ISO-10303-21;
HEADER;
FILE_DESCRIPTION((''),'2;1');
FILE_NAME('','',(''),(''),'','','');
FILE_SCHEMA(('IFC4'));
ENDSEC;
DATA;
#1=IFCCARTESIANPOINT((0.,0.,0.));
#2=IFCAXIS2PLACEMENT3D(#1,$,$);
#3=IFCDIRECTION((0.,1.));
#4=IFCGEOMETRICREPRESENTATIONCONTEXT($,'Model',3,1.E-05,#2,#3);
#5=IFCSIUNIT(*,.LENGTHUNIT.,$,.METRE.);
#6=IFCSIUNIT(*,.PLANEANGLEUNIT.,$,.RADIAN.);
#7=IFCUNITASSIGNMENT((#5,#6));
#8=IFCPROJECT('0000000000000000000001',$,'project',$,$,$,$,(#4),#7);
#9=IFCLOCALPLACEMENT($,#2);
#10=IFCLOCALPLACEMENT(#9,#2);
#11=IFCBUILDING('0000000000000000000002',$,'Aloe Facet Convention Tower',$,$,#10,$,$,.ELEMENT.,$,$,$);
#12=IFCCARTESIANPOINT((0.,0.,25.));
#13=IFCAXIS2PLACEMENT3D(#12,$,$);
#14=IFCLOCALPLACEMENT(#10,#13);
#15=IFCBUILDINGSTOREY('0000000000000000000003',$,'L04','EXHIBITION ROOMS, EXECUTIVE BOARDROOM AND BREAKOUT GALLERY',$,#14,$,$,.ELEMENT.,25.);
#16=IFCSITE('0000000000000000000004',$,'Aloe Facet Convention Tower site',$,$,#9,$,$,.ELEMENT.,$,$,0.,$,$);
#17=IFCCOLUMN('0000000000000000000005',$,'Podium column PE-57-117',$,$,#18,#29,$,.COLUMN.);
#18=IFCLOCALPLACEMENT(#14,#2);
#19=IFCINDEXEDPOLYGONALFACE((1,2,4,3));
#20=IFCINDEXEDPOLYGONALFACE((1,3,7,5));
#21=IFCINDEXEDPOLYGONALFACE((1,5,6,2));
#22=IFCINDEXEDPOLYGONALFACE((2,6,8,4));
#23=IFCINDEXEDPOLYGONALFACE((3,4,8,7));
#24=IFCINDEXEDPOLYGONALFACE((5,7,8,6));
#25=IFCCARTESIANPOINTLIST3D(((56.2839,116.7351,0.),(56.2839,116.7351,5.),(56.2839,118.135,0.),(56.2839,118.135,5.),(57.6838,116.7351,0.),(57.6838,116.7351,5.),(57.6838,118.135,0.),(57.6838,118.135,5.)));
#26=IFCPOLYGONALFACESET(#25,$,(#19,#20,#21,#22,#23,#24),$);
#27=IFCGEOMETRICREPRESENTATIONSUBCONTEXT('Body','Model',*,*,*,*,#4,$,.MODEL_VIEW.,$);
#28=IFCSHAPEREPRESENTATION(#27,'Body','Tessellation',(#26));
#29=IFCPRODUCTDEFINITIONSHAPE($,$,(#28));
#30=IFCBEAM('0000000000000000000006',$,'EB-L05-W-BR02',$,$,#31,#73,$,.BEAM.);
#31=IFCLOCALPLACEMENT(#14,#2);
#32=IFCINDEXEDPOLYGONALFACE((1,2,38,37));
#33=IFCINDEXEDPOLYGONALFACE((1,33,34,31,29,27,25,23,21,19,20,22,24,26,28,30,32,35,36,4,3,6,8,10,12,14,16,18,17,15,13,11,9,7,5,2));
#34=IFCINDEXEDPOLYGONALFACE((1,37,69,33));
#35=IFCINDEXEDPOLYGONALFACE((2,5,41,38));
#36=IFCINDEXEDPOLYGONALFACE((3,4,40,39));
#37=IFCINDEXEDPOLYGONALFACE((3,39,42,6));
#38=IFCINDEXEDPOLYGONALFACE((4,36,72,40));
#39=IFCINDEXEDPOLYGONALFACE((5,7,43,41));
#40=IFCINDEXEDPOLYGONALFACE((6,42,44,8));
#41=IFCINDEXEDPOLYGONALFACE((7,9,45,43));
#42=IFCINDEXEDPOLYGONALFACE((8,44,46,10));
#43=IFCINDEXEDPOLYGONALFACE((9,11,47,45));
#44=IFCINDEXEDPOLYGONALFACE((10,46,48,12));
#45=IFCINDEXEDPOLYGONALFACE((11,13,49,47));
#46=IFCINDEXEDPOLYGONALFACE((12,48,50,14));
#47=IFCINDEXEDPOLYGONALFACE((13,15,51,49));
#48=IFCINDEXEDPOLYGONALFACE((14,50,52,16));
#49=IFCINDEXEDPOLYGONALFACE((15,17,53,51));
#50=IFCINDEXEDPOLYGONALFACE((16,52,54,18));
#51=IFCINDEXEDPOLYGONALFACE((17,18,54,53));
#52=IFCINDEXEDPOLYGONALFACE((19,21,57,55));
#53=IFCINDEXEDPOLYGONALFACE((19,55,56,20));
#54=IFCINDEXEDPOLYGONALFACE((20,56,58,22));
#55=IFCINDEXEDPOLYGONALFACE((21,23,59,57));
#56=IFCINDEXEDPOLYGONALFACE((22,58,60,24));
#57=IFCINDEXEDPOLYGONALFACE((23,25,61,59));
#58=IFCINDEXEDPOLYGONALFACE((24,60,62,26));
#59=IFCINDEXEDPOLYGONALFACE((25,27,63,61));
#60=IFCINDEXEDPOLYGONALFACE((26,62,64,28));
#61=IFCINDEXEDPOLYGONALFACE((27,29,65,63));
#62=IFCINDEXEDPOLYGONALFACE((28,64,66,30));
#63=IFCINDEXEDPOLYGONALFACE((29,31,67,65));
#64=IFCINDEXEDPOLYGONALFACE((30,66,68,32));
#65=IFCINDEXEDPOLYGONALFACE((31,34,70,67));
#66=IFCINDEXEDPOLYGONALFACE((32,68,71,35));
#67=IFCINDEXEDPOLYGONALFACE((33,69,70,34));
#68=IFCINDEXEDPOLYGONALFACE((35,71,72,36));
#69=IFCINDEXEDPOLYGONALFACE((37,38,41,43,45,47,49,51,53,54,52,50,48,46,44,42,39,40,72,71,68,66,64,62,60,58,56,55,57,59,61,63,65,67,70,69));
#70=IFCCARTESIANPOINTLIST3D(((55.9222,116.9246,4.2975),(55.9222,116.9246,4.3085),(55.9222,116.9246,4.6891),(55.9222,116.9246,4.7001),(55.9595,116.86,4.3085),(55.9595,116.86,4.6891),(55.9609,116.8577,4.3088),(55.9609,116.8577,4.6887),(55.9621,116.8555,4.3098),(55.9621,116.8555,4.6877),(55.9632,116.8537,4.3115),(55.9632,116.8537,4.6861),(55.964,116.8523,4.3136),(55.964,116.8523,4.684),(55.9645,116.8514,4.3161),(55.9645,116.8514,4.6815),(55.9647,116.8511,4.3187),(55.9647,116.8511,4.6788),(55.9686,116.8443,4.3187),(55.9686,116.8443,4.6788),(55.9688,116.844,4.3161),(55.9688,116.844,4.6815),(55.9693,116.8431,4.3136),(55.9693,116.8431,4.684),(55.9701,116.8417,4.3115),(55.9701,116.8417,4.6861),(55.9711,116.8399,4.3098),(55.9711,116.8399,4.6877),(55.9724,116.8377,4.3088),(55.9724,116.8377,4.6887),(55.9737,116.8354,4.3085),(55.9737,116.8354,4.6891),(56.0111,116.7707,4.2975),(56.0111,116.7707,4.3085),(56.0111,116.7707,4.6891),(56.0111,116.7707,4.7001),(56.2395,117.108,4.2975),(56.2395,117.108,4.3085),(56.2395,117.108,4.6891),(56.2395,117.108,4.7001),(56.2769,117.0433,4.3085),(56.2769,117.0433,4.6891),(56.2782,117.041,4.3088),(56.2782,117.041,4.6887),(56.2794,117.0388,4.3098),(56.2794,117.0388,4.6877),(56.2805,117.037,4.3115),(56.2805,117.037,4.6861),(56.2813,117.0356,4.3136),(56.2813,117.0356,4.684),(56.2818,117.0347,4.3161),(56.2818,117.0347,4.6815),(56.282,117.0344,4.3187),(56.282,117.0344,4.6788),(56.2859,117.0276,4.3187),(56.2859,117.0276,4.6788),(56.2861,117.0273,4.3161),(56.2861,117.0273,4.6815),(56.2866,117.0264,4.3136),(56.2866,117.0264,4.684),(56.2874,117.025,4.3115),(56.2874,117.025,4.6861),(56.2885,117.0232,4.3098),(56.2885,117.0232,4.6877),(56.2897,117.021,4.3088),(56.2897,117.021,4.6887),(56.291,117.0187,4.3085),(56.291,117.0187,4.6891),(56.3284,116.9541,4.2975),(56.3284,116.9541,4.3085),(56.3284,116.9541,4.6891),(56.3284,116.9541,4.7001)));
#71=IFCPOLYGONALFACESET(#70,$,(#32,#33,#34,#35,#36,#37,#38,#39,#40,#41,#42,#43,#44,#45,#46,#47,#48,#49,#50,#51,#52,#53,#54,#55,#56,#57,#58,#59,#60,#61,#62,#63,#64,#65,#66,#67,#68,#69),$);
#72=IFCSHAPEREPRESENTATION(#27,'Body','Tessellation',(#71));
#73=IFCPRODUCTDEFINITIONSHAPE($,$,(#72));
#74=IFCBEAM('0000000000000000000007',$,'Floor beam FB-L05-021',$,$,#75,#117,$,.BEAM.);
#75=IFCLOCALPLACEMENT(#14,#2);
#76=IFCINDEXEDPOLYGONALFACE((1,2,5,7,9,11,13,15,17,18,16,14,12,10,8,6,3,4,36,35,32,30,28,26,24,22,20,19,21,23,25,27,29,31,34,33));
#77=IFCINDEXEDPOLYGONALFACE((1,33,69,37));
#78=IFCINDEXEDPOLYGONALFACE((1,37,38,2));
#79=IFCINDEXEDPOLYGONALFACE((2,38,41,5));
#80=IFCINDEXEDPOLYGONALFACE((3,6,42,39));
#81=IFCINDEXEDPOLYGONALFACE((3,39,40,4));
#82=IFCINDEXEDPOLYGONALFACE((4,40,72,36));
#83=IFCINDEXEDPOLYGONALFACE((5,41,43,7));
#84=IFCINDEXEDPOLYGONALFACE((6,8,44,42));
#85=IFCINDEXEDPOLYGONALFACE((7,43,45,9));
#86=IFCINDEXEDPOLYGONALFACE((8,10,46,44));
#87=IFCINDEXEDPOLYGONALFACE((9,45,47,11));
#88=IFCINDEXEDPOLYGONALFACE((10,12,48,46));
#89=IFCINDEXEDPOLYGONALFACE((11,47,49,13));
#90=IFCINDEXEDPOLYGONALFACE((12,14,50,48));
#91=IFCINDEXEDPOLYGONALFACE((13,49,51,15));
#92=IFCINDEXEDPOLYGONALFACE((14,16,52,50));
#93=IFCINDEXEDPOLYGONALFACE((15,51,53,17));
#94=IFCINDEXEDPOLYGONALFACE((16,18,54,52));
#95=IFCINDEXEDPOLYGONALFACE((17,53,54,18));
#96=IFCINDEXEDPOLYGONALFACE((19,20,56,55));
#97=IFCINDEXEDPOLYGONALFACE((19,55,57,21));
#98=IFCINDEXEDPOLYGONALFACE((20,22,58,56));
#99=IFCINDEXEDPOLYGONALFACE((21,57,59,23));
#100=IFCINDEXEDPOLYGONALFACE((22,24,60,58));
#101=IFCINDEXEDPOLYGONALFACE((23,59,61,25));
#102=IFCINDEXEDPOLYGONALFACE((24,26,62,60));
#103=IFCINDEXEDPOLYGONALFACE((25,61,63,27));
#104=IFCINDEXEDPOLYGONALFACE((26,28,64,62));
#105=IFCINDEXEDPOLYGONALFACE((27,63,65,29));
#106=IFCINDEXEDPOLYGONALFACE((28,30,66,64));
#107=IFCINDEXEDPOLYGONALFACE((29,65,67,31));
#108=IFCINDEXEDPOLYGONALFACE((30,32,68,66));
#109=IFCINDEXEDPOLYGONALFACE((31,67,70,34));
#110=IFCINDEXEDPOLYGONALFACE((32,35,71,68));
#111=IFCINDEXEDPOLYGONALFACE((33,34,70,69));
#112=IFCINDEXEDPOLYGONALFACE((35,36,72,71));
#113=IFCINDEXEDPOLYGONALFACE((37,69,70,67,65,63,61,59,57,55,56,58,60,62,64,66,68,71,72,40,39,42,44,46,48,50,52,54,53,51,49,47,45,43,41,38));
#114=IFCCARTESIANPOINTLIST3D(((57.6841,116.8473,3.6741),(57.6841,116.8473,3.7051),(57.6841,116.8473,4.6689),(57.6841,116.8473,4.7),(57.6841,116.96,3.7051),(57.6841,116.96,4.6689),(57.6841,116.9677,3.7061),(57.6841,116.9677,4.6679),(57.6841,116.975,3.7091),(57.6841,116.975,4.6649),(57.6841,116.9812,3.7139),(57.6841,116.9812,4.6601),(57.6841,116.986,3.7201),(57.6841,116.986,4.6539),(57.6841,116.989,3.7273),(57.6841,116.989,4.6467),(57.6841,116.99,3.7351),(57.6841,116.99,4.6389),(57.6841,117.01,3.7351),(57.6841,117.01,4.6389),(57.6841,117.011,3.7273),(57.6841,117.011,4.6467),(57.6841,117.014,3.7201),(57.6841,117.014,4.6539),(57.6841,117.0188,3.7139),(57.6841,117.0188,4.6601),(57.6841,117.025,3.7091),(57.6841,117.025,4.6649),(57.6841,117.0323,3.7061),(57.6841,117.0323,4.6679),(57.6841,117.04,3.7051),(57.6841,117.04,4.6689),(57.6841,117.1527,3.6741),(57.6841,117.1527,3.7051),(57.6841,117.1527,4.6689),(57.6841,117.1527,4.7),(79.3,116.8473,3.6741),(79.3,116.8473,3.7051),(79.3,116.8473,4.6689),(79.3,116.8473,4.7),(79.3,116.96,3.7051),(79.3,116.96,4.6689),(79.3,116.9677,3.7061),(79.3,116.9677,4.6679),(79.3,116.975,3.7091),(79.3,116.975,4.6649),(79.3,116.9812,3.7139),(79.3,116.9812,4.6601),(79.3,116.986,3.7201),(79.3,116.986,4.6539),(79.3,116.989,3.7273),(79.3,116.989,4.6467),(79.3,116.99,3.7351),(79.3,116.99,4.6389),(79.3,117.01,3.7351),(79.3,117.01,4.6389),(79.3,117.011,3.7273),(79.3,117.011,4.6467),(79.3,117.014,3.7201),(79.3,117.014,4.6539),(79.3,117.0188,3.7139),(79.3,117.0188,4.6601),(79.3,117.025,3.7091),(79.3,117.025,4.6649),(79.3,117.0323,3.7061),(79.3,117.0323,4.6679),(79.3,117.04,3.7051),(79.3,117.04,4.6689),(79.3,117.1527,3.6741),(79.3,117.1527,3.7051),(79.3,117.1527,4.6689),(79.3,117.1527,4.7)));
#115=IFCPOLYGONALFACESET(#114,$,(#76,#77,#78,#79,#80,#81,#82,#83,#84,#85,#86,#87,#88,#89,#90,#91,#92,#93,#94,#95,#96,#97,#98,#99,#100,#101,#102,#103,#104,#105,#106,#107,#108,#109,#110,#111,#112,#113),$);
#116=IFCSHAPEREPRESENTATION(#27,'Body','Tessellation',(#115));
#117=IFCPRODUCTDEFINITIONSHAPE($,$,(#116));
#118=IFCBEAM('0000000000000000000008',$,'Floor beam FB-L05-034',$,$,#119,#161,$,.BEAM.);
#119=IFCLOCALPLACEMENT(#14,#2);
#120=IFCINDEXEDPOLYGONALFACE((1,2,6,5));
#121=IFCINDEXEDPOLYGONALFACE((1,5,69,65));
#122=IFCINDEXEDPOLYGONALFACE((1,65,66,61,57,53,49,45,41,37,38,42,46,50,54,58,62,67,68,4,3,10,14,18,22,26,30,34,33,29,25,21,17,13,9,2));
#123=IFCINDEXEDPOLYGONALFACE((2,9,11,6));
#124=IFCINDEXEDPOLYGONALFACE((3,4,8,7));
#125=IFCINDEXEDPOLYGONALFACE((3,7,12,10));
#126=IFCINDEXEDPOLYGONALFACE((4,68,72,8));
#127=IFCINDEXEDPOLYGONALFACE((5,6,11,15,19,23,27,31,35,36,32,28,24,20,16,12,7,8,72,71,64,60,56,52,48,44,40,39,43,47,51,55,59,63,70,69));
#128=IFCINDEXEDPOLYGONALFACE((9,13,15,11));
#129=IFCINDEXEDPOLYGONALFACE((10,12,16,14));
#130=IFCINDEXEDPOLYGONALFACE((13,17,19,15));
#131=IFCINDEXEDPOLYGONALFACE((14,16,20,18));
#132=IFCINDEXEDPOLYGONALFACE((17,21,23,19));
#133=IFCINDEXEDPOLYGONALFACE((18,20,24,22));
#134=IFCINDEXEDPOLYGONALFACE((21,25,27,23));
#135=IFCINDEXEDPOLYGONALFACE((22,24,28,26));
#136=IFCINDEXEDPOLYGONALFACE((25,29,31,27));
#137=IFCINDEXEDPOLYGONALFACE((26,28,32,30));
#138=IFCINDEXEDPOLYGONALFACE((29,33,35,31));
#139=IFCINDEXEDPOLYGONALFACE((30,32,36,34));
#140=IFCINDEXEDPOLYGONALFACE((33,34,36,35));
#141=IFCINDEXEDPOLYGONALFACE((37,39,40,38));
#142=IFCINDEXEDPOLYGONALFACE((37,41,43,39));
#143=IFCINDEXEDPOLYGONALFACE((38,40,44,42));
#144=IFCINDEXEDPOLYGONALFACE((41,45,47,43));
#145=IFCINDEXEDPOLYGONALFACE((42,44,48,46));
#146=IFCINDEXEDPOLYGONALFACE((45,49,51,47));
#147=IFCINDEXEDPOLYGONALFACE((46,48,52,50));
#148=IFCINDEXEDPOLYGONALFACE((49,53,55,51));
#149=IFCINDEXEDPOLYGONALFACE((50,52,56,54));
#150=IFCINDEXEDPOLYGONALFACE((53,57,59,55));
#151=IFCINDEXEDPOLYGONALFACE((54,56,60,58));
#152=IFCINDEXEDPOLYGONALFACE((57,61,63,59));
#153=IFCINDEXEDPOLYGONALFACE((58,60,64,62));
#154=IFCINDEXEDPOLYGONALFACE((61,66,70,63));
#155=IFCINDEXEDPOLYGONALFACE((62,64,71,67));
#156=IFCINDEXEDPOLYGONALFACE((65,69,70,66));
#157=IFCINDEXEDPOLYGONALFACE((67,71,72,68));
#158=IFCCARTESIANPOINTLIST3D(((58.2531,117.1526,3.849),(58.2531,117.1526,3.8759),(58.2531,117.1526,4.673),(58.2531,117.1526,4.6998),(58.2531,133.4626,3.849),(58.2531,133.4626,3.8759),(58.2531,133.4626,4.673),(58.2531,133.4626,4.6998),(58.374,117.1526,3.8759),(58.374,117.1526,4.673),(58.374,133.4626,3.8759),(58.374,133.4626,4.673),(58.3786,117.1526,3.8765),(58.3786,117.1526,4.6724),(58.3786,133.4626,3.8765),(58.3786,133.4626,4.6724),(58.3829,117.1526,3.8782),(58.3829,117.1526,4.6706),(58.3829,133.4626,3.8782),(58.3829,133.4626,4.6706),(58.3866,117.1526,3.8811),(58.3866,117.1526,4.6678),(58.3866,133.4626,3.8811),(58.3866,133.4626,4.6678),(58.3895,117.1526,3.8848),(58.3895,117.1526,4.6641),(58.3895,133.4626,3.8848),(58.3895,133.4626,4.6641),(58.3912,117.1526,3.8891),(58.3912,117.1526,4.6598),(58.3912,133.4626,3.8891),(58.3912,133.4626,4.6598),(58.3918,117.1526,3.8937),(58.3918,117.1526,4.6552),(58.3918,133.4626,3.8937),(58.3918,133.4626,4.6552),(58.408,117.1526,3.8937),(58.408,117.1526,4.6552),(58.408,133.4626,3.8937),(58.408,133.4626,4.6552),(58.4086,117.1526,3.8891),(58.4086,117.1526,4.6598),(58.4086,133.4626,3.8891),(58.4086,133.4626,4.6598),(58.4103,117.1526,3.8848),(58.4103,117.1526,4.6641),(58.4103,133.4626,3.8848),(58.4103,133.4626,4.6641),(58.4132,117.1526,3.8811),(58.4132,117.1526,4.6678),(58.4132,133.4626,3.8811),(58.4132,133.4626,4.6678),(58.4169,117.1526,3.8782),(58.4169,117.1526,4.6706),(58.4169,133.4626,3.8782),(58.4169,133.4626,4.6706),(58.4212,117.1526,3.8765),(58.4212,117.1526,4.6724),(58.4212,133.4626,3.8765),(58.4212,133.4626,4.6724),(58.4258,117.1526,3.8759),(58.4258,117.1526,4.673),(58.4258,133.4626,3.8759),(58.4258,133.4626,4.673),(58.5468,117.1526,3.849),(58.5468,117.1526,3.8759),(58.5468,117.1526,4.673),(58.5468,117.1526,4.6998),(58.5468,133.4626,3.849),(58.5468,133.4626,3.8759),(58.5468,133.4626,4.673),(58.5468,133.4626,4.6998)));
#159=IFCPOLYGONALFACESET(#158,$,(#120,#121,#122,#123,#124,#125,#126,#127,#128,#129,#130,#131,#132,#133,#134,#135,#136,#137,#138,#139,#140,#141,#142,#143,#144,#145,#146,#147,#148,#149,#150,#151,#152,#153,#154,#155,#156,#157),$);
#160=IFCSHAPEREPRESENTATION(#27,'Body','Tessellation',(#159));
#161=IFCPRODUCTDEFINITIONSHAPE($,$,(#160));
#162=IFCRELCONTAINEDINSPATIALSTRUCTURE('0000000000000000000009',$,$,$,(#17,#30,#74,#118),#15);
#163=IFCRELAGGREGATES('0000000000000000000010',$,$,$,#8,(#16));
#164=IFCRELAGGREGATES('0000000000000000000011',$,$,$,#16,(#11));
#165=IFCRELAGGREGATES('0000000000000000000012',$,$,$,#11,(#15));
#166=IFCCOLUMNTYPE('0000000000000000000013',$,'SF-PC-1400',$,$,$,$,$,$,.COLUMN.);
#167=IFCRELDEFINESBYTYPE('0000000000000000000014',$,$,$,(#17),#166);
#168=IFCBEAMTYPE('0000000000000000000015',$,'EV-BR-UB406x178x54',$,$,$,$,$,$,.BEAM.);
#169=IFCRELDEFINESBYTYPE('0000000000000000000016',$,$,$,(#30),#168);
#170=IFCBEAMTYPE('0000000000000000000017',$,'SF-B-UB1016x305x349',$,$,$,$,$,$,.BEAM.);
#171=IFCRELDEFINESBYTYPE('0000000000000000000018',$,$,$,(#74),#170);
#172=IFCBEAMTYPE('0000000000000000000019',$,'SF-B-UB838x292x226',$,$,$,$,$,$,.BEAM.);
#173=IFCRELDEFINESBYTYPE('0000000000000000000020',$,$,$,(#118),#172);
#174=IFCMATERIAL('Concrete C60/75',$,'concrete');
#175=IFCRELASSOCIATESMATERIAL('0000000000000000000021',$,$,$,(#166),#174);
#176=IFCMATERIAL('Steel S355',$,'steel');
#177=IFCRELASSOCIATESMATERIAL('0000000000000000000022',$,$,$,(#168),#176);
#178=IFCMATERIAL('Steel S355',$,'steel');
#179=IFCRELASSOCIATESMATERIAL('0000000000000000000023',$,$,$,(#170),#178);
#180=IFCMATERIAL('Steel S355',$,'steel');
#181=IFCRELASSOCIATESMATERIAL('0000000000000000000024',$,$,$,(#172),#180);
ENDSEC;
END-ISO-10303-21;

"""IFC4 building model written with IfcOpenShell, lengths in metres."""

from ifc_helpers import new_model, si_unit, direction, frame, origin, origin_2d, place, context, subcontext, project, spatial, rectangle, i_section, extrude, material, material_profile, profile_set, type_object, element, save


model = new_model("IFC4")

# Units and contexts
model_context = context("Model", 3, precision=1e-05, world=origin(), true_north=direction((0.0, 1.0)))
body_context = subcontext(model_context, "Body", "Model", "MODEL_VIEW")
ifc_project = project(units=[si_unit("LENGTHUNIT", "METRE"), si_unit("PLANEANGLEUNIT", "RADIAN")], contexts=[model_context])

# Site, building, storey
site_placement = place(None, origin())
site = spatial("IfcSite", under=ifc_project, at=site_placement, Name="Aloe Facet Convention Tower site", CompositionType="ELEMENT", RefElevation=0.0)
building_placement = place(site_placement, origin())
building = spatial("IfcBuilding", under=site, at=building_placement, Name="Aloe Facet Convention Tower", CompositionType="ELEMENT")
storey_placement = place(building_placement, frame((0.0, 0.0, 25.0)))
storey = spatial("IfcBuildingStorey", under=building, at=storey_placement, Name="L04", Description="EXHIBITION ROOMS, EXECUTIVE BOARDROOM AND BREAKOUT GALLERY", CompositionType="ELEMENT", Elevation=25.0)

# Column
ifc_material_1 = material(Name="Concrete C60/75", Category="concrete")
ifc_material_profile_1 = material_profile(ifc_material_1, rectangle(XDim=1.3999, YDim=1.3999, at=origin_2d()), Name="SF-PC-1400")
ifc_profile_set_1 = profile_set([ifc_material_profile_1], Name="Concrete C60/75")
column_type = type_object("IfcColumnType", Name="SF-PC-1400", PredefinedType="COLUMN", material=ifc_profile_set_1)
column_placement = place(storey_placement, frame((56.9839, 117.4351, 0.0), z_axis=(0.0, 0.0, 1.0), x_axis=(1.0, 0.0, 0.0)))
element("IfcColumn", 1, at=column_placement, inside=storey, type_object=column_type, Name="Podium column PE-57-117", PredefinedType="COLUMN", context=body_context, shape_type="SweptSolid", body=[
    extrude(rectangle(XDim=1.3999, YDim=1.3999, at=origin_2d()), origin(), (0.0, 0.0, 1.0), 5.0),
])

# Beams
ifc_material_2 = material(Name="Steel S355", Category="steel")
ifc_material_profile_2 = material_profile(ifc_material_2, i_section(OverallWidth=0.1777, OverallDepth=0.4026, WebThickness=0.0078, FlangeThickness=0.011, FilletRadius=0.0103, at=origin_2d()), Name="UB 406x178x54")
ifc_profile_set_2 = profile_set([ifc_material_profile_2], Name="Steel S355")
beam_type_1 = type_object("IfcBeamType", Name="EV-BR-UB406x178x54", PredefinedType="BEAM", material=ifc_profile_set_2)
beam_1_placement = place(storey_placement, frame((56.2839, 117.031, 4.4988), z_axis=(-0.865897, -0.500222, 0.0), x_axis=(0.500222, -0.865897, 0.0)))
element("IfcBeam", 2, at=beam_1_placement, inside=storey, type_object=beam_type_1, Name="EB-L05-W-BR02", PredefinedType="BEAM", context=body_context, shape_type="SweptSolid", body=[
    extrude(i_section(OverallWidth=0.1777, OverallDepth=0.4026, WebThickness=0.0078, FlangeThickness=0.011, FilletRadius=0.0103, at=origin_2d()), origin(), (0.0, 0.0, 1.0), 0.3665),
])
ifc_material_3 = material(Name="Steel S355", Category="steel")
ifc_material_profile_3 = material_profile(ifc_material_3, i_section(OverallWidth=0.3054, OverallDepth=1.0259, WebThickness=0.02, FlangeThickness=0.031, FilletRadius=0.03, at=origin_2d()), Name="UB 1016x305x349")
ifc_profile_set_3 = profile_set([ifc_material_profile_3], Name="Steel S355")
beam_type_2 = type_object("IfcBeamType", Name="SF-B-UB1016x305x349", PredefinedType="BEAM", material=ifc_profile_set_3)
beam_2_placement = place(storey_placement, frame((57.6841, 117.0, 4.187), z_axis=(1.0, 0.0, 0.0), x_axis=(0.0, 1.0, 0.0)))
element("IfcBeam", 3, at=beam_2_placement, inside=storey, type_object=beam_type_2, Name="Floor beam FB-L05-021", PredefinedType="BEAM", context=body_context, shape_type="SweptSolid", body=[
    extrude(i_section(OverallWidth=0.3054, OverallDepth=1.0259, WebThickness=0.02, FlangeThickness=0.031, FilletRadius=0.03, at=origin_2d()), origin(), (0.0, 0.0, 1.0), 21.616),
])
ifc_material_4 = material(Name="Steel S355", Category="steel")
ifc_material_profile_4 = material_profile(ifc_material_4, i_section(OverallWidth=0.2937, OverallDepth=0.8508, WebThickness=0.0161, FlangeThickness=0.0269, FilletRadius=0.0178, at=origin_2d()), Name="UB 838x292x226")
ifc_profile_set_4 = profile_set([ifc_material_profile_4], Name="Steel S355")
beam_type_3 = type_object("IfcBeamType", Name="SF-B-UB838x292x226", PredefinedType="BEAM", material=ifc_profile_set_4)
for number, where, z_axis, x_axis, name in (
    (4, (58.3999, 117.1526, 4.2744), (0.0, 1.0, 0.0), (-1.0, 0.0, 0.0), "Floor beam FB-L05-034"),
):
    element("IfcBeam", number, at=place(storey_placement, frame(where, z_axis=z_axis, x_axis=x_axis)), inside=storey, type_object=beam_type_3, Name=name, PredefinedType="BEAM", context=body_context, shape_type="SweptSolid", body=[
        extrude(i_section(OverallWidth=0.2937, OverallDepth=0.8508, WebThickness=0.0161, FlangeThickness=0.0269, FilletRadius=0.0178, at=origin_2d()), origin(), (0.0, 0.0, 1.0), 16.3101),
    ])

save(model, "model.ifc")
